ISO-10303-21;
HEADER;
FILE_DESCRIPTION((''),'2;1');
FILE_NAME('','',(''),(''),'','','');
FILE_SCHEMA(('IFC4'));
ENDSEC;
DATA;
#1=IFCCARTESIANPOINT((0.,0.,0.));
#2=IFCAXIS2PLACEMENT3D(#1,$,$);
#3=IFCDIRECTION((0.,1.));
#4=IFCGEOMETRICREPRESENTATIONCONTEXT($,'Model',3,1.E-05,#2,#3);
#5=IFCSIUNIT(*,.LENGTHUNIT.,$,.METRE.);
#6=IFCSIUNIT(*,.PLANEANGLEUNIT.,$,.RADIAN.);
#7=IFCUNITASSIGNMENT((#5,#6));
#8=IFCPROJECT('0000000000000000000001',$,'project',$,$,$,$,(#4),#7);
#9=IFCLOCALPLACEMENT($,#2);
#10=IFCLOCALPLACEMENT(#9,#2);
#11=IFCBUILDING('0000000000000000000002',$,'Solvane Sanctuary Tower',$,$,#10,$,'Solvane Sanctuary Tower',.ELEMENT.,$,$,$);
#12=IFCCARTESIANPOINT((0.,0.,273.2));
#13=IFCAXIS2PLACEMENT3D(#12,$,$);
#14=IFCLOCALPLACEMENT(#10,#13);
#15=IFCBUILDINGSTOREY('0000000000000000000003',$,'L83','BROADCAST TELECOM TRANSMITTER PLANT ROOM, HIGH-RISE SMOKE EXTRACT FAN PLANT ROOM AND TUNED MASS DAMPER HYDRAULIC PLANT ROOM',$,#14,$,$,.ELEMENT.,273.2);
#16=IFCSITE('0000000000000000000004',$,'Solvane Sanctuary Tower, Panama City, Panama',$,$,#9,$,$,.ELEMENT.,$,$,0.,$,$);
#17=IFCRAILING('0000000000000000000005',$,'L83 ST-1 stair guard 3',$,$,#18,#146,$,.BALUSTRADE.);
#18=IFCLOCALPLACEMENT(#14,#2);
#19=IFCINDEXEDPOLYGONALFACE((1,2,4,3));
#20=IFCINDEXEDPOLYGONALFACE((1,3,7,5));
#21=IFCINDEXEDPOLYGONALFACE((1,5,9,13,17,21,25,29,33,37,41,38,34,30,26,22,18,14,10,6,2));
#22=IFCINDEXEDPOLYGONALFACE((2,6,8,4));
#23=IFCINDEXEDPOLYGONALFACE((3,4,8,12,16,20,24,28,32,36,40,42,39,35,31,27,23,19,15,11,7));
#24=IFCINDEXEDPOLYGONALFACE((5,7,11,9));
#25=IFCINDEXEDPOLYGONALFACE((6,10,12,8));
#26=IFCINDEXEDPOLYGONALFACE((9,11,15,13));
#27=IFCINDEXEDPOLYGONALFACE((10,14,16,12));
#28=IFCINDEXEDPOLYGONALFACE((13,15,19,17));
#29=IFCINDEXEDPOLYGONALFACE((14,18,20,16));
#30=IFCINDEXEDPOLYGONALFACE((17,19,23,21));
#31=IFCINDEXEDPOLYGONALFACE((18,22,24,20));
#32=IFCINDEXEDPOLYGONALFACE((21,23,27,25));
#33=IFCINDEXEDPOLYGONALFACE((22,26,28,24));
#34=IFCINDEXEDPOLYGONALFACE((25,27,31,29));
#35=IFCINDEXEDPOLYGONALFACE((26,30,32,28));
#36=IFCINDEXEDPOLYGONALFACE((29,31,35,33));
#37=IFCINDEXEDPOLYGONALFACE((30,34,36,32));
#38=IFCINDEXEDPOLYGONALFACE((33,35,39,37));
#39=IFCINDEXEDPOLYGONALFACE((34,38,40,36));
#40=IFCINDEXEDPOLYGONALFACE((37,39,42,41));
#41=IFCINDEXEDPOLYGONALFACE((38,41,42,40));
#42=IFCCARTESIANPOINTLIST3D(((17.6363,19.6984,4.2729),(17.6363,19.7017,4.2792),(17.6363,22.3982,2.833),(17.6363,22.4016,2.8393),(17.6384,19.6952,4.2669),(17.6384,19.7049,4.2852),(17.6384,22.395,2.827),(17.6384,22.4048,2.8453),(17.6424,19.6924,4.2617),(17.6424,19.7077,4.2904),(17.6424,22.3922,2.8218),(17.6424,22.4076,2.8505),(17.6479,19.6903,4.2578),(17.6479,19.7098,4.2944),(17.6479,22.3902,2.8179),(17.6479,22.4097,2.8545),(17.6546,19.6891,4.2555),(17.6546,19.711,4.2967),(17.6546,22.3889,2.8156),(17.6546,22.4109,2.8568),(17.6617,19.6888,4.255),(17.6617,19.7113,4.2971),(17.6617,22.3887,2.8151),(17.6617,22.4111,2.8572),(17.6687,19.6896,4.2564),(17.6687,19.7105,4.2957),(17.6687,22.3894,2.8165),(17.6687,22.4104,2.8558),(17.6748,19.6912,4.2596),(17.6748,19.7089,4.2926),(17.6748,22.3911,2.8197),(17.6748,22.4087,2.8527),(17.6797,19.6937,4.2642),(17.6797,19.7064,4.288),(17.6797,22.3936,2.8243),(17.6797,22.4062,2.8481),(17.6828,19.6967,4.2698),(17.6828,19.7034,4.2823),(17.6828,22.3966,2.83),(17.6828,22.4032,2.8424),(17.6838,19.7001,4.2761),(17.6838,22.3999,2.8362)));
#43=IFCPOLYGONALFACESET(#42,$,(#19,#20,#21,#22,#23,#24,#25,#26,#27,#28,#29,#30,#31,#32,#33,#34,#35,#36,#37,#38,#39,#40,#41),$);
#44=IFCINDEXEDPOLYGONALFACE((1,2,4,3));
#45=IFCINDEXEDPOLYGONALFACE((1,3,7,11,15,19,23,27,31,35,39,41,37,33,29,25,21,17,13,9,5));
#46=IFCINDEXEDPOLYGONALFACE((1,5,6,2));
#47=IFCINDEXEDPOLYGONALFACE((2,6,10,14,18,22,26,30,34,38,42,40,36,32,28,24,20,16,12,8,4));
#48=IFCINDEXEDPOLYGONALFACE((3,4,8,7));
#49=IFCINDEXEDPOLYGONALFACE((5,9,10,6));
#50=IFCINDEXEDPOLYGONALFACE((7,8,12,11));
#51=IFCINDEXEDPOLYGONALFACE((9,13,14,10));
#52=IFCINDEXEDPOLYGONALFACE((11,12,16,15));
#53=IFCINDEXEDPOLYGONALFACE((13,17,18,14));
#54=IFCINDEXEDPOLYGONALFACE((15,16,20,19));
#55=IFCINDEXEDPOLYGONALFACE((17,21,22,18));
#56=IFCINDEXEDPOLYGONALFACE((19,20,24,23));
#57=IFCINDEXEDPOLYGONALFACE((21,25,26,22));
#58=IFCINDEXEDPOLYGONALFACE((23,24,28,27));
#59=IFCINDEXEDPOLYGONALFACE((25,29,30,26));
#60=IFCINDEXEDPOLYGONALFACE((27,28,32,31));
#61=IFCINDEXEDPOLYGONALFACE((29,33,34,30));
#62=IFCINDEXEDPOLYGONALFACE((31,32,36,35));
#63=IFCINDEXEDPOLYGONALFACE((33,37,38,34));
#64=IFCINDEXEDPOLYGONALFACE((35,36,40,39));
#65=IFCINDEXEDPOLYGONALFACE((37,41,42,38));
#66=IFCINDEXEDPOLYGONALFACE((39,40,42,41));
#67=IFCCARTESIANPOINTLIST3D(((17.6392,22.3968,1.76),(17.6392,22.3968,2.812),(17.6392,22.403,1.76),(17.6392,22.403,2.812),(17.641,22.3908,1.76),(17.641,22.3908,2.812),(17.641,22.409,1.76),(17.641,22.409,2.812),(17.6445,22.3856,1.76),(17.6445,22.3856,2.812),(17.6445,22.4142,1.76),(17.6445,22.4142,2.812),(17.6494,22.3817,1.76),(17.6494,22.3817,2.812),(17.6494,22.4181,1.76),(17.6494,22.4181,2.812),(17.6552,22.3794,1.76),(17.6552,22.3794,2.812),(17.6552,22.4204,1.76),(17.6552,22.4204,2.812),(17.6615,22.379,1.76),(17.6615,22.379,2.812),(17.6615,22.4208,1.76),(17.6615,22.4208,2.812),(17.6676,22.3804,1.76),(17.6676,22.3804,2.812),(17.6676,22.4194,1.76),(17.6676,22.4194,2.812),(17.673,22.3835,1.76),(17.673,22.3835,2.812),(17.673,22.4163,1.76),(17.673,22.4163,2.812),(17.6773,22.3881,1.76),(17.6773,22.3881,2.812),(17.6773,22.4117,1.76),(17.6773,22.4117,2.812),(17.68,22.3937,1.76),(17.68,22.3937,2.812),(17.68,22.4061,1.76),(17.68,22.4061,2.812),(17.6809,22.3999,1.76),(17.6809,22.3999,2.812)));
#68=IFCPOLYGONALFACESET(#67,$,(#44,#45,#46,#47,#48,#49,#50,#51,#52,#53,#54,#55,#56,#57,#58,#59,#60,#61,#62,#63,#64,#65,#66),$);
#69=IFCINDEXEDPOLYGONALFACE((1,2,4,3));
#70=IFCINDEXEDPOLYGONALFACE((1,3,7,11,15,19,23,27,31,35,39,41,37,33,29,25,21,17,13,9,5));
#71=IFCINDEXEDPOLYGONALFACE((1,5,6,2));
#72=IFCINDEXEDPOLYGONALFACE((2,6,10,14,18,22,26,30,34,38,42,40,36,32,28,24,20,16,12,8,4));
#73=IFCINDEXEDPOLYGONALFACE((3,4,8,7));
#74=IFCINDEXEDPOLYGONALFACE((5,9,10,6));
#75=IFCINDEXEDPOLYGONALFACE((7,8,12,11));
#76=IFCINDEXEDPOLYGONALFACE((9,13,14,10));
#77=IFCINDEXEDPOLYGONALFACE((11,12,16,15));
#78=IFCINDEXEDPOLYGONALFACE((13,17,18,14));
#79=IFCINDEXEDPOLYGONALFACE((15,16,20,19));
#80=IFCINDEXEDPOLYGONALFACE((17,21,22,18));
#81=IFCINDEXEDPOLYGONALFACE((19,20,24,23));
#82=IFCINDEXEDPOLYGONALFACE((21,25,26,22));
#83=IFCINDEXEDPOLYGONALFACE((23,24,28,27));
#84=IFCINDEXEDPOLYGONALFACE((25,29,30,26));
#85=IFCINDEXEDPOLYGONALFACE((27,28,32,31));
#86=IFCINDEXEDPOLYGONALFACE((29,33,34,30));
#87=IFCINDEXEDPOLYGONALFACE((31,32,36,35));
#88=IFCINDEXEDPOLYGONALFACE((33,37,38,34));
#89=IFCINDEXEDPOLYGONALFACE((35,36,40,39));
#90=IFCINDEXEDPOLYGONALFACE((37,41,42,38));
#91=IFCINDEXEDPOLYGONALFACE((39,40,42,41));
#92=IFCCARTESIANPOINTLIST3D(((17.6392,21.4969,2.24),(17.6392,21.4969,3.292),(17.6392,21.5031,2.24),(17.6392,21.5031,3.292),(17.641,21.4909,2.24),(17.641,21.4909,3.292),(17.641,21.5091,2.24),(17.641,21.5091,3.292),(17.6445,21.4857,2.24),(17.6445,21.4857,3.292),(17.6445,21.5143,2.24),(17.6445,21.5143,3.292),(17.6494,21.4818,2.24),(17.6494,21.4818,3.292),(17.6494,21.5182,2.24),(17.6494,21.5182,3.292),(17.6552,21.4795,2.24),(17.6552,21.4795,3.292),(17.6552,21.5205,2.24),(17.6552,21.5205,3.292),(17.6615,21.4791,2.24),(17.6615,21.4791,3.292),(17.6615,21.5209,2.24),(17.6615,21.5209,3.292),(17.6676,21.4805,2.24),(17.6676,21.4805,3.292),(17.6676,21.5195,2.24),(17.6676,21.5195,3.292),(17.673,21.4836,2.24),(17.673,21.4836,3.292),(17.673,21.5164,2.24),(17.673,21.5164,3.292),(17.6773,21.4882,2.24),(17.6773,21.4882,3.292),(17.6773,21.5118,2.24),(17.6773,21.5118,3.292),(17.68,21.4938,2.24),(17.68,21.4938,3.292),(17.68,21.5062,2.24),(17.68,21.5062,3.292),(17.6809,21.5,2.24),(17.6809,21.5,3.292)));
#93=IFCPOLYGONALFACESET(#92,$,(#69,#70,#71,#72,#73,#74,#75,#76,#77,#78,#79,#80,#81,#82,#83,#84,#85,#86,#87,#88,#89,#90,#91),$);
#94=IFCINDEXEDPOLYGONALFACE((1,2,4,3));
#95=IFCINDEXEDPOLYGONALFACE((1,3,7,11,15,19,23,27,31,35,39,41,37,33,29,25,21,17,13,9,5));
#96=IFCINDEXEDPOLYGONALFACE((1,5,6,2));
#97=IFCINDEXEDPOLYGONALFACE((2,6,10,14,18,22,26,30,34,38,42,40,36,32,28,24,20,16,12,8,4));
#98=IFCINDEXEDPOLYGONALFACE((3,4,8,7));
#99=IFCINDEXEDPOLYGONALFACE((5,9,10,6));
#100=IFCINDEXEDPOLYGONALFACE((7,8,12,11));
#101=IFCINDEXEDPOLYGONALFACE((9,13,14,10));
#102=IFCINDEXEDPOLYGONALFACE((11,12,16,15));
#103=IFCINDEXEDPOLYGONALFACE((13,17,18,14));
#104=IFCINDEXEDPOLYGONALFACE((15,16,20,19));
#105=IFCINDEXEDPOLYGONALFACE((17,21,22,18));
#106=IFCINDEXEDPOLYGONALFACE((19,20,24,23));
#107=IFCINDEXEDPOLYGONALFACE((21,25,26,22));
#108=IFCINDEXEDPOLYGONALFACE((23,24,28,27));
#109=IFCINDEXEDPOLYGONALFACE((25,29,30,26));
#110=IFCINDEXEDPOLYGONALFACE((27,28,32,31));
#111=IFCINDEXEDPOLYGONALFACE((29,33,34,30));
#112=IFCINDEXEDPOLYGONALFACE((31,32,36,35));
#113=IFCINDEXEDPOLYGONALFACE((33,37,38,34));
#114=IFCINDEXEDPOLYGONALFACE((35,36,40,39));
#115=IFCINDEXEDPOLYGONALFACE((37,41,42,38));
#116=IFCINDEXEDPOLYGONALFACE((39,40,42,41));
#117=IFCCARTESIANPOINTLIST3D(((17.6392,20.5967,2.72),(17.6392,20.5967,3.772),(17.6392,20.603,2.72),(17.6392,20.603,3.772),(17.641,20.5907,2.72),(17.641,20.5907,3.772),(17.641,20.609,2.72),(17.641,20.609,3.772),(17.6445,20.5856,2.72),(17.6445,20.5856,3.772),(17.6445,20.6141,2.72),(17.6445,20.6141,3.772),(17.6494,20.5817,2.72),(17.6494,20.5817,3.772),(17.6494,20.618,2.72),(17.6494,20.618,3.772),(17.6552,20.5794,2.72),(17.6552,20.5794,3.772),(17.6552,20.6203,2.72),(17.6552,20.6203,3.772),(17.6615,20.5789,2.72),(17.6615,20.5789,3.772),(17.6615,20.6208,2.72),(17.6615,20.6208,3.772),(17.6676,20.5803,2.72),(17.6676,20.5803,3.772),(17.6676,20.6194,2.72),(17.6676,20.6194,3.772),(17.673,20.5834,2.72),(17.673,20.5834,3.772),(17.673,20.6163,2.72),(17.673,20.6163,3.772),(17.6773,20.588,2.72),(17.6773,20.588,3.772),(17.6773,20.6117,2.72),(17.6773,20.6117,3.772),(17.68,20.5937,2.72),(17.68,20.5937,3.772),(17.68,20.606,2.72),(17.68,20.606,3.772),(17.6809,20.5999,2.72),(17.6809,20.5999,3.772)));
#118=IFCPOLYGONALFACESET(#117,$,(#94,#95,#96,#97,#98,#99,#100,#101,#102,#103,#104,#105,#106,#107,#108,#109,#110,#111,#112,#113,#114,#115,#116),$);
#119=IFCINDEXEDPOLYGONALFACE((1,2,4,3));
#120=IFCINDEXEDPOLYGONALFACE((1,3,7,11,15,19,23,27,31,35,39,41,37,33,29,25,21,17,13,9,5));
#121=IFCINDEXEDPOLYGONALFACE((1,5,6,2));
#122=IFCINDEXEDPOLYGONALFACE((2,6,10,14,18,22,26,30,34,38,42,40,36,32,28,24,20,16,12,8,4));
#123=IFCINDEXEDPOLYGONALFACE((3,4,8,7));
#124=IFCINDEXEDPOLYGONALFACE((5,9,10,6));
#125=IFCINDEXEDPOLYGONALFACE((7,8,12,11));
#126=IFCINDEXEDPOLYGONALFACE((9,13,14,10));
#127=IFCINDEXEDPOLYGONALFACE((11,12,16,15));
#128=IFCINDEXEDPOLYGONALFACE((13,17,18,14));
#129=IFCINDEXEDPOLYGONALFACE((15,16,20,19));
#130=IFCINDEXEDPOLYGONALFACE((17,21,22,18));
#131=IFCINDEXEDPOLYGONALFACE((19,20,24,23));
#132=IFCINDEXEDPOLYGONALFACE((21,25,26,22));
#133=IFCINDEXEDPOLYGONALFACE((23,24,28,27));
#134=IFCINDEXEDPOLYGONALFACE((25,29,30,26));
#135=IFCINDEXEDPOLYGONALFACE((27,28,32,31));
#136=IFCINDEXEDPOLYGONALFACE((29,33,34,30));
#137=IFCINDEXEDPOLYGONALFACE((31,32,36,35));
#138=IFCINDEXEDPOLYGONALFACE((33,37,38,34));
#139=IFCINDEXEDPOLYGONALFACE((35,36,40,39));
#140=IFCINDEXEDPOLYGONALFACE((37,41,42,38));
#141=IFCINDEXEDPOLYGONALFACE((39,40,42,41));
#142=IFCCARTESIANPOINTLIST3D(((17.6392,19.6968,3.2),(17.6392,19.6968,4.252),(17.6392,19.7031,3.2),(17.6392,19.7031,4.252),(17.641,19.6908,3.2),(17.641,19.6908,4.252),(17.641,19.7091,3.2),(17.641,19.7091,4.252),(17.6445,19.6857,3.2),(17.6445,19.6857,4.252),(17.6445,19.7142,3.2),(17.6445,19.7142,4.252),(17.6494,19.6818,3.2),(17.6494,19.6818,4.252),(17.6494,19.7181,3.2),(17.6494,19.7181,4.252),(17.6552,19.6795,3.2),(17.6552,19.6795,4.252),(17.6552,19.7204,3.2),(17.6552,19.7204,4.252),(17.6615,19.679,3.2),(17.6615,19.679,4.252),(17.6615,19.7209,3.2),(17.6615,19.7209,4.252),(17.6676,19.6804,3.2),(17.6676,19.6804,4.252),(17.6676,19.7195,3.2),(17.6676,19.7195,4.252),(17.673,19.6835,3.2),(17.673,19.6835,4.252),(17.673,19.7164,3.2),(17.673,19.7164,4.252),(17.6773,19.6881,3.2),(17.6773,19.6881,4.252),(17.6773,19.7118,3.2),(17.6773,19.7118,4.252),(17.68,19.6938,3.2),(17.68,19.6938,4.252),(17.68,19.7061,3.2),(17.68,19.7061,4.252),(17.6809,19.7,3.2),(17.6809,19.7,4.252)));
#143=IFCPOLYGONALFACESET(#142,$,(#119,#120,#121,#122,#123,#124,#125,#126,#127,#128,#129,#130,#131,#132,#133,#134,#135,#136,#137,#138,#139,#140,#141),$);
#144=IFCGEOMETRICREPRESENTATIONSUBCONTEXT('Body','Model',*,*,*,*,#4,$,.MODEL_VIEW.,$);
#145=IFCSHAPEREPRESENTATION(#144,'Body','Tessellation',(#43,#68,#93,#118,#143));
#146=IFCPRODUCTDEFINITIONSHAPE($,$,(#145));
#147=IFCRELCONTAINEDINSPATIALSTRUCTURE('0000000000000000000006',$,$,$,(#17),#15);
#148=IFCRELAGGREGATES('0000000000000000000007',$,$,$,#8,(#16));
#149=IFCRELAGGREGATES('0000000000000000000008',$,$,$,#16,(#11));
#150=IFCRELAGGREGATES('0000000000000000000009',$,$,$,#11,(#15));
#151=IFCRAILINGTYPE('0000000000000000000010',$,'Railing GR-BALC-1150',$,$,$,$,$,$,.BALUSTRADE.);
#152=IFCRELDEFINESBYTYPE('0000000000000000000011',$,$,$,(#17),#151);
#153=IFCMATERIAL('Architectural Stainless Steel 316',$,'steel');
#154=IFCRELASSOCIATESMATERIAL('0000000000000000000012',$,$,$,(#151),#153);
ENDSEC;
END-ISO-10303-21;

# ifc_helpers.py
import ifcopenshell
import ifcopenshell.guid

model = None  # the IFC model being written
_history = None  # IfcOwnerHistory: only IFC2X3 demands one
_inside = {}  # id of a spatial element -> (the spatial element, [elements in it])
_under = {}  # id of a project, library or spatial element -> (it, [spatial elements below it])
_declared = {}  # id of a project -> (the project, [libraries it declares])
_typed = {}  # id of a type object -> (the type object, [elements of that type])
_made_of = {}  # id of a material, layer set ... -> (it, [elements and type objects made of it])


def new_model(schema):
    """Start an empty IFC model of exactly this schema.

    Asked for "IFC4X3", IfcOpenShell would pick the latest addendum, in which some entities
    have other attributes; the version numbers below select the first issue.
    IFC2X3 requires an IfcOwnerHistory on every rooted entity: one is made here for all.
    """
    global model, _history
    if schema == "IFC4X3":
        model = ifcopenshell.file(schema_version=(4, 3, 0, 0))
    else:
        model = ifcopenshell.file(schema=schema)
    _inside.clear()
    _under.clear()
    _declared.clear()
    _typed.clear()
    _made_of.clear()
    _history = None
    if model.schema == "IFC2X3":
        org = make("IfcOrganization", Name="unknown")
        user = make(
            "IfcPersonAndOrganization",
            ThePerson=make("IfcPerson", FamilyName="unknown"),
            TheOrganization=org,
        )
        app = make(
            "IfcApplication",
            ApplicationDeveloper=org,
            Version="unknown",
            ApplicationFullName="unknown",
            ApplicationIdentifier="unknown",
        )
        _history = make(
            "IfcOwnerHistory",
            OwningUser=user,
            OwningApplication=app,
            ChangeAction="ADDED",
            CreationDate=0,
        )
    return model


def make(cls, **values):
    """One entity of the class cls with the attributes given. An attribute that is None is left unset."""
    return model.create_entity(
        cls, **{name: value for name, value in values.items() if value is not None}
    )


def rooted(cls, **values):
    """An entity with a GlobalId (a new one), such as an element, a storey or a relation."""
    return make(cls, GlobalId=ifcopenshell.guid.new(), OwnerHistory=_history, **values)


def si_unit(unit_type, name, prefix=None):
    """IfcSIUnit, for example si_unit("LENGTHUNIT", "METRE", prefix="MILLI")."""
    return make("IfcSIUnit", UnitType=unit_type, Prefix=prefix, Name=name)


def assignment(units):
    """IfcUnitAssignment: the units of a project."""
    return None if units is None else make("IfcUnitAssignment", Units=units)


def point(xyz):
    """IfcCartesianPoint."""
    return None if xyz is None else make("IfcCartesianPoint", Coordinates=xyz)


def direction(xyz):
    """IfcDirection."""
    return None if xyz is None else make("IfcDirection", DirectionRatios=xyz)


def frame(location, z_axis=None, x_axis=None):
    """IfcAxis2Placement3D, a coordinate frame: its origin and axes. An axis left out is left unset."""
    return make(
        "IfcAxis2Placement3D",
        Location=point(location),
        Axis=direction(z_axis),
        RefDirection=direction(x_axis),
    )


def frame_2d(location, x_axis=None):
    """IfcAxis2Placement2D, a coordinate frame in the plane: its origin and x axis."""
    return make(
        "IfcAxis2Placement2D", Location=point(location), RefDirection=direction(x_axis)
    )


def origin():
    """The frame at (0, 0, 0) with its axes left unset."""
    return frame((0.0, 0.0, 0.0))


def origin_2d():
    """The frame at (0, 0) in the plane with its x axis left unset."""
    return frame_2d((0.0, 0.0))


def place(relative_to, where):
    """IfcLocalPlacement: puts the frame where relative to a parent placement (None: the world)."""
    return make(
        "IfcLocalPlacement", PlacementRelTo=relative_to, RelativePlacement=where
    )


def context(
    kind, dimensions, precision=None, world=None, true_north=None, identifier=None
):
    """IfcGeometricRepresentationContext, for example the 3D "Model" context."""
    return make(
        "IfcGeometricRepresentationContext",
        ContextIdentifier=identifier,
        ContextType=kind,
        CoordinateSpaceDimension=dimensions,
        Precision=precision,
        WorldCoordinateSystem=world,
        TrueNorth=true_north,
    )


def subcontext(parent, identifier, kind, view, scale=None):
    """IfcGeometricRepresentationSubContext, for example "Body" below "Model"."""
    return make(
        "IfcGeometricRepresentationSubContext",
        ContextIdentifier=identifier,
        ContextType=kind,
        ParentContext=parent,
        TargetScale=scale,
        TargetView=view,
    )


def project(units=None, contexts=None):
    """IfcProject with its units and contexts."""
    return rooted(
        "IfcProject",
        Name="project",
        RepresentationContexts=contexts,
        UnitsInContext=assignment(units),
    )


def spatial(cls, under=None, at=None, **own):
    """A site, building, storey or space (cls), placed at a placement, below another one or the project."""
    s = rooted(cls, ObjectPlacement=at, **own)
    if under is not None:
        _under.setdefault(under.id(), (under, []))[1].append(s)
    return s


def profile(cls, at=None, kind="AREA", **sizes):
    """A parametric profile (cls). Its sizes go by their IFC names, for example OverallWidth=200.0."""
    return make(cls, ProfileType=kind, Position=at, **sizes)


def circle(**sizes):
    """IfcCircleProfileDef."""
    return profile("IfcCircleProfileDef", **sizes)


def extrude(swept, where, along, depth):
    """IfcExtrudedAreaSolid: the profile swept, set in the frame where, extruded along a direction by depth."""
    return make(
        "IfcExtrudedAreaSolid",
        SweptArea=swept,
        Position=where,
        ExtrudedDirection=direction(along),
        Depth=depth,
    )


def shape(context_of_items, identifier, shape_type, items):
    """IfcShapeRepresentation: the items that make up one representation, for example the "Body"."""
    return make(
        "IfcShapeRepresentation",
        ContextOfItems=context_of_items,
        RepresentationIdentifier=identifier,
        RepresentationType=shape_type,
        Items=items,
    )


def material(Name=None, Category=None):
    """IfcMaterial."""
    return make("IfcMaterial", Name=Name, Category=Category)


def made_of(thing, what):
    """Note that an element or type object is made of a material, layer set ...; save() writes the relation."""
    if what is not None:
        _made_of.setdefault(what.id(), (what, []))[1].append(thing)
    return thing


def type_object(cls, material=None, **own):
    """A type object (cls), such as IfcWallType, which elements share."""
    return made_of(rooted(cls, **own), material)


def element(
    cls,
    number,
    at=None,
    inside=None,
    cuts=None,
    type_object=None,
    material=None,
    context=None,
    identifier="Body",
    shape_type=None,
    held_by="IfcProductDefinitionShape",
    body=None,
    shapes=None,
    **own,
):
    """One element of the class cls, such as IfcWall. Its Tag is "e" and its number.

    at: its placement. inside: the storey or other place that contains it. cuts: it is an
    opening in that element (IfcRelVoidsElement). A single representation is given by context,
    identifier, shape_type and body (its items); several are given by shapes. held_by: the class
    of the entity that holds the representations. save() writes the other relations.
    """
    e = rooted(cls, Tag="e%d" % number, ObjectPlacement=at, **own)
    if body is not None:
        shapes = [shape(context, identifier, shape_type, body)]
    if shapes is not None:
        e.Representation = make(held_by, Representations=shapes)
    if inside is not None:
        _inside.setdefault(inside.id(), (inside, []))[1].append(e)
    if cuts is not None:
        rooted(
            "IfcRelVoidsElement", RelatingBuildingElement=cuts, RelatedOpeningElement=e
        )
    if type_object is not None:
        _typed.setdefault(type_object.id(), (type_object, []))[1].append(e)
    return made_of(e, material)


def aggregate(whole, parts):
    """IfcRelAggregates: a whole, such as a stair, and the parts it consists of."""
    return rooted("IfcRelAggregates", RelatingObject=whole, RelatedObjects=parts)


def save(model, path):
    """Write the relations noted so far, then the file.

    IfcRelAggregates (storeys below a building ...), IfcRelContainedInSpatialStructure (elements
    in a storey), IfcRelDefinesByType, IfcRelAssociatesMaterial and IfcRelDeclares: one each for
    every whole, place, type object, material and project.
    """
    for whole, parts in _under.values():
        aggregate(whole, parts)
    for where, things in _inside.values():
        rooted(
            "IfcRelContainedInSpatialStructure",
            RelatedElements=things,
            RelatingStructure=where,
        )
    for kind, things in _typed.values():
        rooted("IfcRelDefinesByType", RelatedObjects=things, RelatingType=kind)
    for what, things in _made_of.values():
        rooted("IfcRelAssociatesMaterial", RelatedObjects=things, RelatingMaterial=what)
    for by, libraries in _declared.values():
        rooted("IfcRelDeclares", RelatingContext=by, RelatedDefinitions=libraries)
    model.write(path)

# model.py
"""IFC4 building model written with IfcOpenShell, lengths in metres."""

from ifc_helpers import new_model, si_unit, direction, frame, origin, origin_2d, place, context, subcontext, project, spatial, circle, extrude, material, type_object, element, save


model = new_model("IFC4")

# Units and contexts
model_context = context("Model", 3, precision=1e-05, world=origin(), true_north=direction((0.0, 1.0)))
body_context = subcontext(model_context, "Body", "Model", "MODEL_VIEW")
ifc_project = project(units=[si_unit("LENGTHUNIT", "METRE"), si_unit("PLANEANGLEUNIT", "RADIAN")], contexts=[model_context])

# Site, building, storey
site_placement = place(None, origin())
site = spatial("IfcSite", under=ifc_project, at=site_placement, Name="Solvane Sanctuary Tower, Panama City, Panama", CompositionType="ELEMENT", RefElevation=0.0)
building_placement = place(site_placement, origin())
building = spatial("IfcBuilding", under=site, at=building_placement, Name="Solvane Sanctuary Tower", LongName="Solvane Sanctuary Tower", CompositionType="ELEMENT")
storey_placement = place(building_placement, frame((0.0, 0.0, 273.2)))
storey = spatial("IfcBuildingStorey", under=building, at=storey_placement, Name="L83", Description="BROADCAST TELECOM TRANSMITTER PLANT ROOM, HIGH-RISE SMOKE EXTRACT FAN PLANT ROOM AND TUNED MASS DAMPER HYDRAULIC PLANT ROOM", CompositionType="ELEMENT", Elevation=273.2)

# Shared definitions
ifc_material_1 = material(Name="Architectural Stainless Steel 316", Category="steel")

# Railing
railing_type_1 = type_object("IfcRailingType", Name="Railing GR-BALC-1150", PredefinedType="BALUSTRADE", material=ifc_material_1)
railing_1_placement = place(storey_placement, frame((17.6599, 22.3999, 1.76)))
element("IfcRailing", 1, at=railing_1_placement, inside=storey, type_object=railing_type_1, Name="L83 ST-1 stair guard 3", PredefinedType="BALUSTRADE", context=body_context, shape_type="SweptSolid", body=[
    extrude(circle(Radius=0.0239, at=origin_2d()), frame((0.0, 0.0, 1.0762), z_axis=(0.0, -0.882357, 0.47058), x_axis=(1.0, 0.0, 0.0)), (0.0, 0.0, 1.0), 3.0598),
    extrude(circle(Radius=0.021, at=origin_2d()), origin(), (0.0, 0.0, 1.0), 1.052),
    extrude(circle(Radius=0.021, at=origin_2d()), frame((0.0, -0.8999, 0.48)), (0.0, 0.0, 1.0), 1.052),
    extrude(circle(Radius=0.021, at=origin_2d()), frame((0.0, -1.8, 0.96)), (0.0, 0.0, 1.0), 1.052),
    extrude(circle(Radius=0.021, at=origin_2d()), frame((0.0, -2.7, 1.4399)), (0.0, 0.0, 1.0), 1.052),
])

save(model, "model.ifc")
